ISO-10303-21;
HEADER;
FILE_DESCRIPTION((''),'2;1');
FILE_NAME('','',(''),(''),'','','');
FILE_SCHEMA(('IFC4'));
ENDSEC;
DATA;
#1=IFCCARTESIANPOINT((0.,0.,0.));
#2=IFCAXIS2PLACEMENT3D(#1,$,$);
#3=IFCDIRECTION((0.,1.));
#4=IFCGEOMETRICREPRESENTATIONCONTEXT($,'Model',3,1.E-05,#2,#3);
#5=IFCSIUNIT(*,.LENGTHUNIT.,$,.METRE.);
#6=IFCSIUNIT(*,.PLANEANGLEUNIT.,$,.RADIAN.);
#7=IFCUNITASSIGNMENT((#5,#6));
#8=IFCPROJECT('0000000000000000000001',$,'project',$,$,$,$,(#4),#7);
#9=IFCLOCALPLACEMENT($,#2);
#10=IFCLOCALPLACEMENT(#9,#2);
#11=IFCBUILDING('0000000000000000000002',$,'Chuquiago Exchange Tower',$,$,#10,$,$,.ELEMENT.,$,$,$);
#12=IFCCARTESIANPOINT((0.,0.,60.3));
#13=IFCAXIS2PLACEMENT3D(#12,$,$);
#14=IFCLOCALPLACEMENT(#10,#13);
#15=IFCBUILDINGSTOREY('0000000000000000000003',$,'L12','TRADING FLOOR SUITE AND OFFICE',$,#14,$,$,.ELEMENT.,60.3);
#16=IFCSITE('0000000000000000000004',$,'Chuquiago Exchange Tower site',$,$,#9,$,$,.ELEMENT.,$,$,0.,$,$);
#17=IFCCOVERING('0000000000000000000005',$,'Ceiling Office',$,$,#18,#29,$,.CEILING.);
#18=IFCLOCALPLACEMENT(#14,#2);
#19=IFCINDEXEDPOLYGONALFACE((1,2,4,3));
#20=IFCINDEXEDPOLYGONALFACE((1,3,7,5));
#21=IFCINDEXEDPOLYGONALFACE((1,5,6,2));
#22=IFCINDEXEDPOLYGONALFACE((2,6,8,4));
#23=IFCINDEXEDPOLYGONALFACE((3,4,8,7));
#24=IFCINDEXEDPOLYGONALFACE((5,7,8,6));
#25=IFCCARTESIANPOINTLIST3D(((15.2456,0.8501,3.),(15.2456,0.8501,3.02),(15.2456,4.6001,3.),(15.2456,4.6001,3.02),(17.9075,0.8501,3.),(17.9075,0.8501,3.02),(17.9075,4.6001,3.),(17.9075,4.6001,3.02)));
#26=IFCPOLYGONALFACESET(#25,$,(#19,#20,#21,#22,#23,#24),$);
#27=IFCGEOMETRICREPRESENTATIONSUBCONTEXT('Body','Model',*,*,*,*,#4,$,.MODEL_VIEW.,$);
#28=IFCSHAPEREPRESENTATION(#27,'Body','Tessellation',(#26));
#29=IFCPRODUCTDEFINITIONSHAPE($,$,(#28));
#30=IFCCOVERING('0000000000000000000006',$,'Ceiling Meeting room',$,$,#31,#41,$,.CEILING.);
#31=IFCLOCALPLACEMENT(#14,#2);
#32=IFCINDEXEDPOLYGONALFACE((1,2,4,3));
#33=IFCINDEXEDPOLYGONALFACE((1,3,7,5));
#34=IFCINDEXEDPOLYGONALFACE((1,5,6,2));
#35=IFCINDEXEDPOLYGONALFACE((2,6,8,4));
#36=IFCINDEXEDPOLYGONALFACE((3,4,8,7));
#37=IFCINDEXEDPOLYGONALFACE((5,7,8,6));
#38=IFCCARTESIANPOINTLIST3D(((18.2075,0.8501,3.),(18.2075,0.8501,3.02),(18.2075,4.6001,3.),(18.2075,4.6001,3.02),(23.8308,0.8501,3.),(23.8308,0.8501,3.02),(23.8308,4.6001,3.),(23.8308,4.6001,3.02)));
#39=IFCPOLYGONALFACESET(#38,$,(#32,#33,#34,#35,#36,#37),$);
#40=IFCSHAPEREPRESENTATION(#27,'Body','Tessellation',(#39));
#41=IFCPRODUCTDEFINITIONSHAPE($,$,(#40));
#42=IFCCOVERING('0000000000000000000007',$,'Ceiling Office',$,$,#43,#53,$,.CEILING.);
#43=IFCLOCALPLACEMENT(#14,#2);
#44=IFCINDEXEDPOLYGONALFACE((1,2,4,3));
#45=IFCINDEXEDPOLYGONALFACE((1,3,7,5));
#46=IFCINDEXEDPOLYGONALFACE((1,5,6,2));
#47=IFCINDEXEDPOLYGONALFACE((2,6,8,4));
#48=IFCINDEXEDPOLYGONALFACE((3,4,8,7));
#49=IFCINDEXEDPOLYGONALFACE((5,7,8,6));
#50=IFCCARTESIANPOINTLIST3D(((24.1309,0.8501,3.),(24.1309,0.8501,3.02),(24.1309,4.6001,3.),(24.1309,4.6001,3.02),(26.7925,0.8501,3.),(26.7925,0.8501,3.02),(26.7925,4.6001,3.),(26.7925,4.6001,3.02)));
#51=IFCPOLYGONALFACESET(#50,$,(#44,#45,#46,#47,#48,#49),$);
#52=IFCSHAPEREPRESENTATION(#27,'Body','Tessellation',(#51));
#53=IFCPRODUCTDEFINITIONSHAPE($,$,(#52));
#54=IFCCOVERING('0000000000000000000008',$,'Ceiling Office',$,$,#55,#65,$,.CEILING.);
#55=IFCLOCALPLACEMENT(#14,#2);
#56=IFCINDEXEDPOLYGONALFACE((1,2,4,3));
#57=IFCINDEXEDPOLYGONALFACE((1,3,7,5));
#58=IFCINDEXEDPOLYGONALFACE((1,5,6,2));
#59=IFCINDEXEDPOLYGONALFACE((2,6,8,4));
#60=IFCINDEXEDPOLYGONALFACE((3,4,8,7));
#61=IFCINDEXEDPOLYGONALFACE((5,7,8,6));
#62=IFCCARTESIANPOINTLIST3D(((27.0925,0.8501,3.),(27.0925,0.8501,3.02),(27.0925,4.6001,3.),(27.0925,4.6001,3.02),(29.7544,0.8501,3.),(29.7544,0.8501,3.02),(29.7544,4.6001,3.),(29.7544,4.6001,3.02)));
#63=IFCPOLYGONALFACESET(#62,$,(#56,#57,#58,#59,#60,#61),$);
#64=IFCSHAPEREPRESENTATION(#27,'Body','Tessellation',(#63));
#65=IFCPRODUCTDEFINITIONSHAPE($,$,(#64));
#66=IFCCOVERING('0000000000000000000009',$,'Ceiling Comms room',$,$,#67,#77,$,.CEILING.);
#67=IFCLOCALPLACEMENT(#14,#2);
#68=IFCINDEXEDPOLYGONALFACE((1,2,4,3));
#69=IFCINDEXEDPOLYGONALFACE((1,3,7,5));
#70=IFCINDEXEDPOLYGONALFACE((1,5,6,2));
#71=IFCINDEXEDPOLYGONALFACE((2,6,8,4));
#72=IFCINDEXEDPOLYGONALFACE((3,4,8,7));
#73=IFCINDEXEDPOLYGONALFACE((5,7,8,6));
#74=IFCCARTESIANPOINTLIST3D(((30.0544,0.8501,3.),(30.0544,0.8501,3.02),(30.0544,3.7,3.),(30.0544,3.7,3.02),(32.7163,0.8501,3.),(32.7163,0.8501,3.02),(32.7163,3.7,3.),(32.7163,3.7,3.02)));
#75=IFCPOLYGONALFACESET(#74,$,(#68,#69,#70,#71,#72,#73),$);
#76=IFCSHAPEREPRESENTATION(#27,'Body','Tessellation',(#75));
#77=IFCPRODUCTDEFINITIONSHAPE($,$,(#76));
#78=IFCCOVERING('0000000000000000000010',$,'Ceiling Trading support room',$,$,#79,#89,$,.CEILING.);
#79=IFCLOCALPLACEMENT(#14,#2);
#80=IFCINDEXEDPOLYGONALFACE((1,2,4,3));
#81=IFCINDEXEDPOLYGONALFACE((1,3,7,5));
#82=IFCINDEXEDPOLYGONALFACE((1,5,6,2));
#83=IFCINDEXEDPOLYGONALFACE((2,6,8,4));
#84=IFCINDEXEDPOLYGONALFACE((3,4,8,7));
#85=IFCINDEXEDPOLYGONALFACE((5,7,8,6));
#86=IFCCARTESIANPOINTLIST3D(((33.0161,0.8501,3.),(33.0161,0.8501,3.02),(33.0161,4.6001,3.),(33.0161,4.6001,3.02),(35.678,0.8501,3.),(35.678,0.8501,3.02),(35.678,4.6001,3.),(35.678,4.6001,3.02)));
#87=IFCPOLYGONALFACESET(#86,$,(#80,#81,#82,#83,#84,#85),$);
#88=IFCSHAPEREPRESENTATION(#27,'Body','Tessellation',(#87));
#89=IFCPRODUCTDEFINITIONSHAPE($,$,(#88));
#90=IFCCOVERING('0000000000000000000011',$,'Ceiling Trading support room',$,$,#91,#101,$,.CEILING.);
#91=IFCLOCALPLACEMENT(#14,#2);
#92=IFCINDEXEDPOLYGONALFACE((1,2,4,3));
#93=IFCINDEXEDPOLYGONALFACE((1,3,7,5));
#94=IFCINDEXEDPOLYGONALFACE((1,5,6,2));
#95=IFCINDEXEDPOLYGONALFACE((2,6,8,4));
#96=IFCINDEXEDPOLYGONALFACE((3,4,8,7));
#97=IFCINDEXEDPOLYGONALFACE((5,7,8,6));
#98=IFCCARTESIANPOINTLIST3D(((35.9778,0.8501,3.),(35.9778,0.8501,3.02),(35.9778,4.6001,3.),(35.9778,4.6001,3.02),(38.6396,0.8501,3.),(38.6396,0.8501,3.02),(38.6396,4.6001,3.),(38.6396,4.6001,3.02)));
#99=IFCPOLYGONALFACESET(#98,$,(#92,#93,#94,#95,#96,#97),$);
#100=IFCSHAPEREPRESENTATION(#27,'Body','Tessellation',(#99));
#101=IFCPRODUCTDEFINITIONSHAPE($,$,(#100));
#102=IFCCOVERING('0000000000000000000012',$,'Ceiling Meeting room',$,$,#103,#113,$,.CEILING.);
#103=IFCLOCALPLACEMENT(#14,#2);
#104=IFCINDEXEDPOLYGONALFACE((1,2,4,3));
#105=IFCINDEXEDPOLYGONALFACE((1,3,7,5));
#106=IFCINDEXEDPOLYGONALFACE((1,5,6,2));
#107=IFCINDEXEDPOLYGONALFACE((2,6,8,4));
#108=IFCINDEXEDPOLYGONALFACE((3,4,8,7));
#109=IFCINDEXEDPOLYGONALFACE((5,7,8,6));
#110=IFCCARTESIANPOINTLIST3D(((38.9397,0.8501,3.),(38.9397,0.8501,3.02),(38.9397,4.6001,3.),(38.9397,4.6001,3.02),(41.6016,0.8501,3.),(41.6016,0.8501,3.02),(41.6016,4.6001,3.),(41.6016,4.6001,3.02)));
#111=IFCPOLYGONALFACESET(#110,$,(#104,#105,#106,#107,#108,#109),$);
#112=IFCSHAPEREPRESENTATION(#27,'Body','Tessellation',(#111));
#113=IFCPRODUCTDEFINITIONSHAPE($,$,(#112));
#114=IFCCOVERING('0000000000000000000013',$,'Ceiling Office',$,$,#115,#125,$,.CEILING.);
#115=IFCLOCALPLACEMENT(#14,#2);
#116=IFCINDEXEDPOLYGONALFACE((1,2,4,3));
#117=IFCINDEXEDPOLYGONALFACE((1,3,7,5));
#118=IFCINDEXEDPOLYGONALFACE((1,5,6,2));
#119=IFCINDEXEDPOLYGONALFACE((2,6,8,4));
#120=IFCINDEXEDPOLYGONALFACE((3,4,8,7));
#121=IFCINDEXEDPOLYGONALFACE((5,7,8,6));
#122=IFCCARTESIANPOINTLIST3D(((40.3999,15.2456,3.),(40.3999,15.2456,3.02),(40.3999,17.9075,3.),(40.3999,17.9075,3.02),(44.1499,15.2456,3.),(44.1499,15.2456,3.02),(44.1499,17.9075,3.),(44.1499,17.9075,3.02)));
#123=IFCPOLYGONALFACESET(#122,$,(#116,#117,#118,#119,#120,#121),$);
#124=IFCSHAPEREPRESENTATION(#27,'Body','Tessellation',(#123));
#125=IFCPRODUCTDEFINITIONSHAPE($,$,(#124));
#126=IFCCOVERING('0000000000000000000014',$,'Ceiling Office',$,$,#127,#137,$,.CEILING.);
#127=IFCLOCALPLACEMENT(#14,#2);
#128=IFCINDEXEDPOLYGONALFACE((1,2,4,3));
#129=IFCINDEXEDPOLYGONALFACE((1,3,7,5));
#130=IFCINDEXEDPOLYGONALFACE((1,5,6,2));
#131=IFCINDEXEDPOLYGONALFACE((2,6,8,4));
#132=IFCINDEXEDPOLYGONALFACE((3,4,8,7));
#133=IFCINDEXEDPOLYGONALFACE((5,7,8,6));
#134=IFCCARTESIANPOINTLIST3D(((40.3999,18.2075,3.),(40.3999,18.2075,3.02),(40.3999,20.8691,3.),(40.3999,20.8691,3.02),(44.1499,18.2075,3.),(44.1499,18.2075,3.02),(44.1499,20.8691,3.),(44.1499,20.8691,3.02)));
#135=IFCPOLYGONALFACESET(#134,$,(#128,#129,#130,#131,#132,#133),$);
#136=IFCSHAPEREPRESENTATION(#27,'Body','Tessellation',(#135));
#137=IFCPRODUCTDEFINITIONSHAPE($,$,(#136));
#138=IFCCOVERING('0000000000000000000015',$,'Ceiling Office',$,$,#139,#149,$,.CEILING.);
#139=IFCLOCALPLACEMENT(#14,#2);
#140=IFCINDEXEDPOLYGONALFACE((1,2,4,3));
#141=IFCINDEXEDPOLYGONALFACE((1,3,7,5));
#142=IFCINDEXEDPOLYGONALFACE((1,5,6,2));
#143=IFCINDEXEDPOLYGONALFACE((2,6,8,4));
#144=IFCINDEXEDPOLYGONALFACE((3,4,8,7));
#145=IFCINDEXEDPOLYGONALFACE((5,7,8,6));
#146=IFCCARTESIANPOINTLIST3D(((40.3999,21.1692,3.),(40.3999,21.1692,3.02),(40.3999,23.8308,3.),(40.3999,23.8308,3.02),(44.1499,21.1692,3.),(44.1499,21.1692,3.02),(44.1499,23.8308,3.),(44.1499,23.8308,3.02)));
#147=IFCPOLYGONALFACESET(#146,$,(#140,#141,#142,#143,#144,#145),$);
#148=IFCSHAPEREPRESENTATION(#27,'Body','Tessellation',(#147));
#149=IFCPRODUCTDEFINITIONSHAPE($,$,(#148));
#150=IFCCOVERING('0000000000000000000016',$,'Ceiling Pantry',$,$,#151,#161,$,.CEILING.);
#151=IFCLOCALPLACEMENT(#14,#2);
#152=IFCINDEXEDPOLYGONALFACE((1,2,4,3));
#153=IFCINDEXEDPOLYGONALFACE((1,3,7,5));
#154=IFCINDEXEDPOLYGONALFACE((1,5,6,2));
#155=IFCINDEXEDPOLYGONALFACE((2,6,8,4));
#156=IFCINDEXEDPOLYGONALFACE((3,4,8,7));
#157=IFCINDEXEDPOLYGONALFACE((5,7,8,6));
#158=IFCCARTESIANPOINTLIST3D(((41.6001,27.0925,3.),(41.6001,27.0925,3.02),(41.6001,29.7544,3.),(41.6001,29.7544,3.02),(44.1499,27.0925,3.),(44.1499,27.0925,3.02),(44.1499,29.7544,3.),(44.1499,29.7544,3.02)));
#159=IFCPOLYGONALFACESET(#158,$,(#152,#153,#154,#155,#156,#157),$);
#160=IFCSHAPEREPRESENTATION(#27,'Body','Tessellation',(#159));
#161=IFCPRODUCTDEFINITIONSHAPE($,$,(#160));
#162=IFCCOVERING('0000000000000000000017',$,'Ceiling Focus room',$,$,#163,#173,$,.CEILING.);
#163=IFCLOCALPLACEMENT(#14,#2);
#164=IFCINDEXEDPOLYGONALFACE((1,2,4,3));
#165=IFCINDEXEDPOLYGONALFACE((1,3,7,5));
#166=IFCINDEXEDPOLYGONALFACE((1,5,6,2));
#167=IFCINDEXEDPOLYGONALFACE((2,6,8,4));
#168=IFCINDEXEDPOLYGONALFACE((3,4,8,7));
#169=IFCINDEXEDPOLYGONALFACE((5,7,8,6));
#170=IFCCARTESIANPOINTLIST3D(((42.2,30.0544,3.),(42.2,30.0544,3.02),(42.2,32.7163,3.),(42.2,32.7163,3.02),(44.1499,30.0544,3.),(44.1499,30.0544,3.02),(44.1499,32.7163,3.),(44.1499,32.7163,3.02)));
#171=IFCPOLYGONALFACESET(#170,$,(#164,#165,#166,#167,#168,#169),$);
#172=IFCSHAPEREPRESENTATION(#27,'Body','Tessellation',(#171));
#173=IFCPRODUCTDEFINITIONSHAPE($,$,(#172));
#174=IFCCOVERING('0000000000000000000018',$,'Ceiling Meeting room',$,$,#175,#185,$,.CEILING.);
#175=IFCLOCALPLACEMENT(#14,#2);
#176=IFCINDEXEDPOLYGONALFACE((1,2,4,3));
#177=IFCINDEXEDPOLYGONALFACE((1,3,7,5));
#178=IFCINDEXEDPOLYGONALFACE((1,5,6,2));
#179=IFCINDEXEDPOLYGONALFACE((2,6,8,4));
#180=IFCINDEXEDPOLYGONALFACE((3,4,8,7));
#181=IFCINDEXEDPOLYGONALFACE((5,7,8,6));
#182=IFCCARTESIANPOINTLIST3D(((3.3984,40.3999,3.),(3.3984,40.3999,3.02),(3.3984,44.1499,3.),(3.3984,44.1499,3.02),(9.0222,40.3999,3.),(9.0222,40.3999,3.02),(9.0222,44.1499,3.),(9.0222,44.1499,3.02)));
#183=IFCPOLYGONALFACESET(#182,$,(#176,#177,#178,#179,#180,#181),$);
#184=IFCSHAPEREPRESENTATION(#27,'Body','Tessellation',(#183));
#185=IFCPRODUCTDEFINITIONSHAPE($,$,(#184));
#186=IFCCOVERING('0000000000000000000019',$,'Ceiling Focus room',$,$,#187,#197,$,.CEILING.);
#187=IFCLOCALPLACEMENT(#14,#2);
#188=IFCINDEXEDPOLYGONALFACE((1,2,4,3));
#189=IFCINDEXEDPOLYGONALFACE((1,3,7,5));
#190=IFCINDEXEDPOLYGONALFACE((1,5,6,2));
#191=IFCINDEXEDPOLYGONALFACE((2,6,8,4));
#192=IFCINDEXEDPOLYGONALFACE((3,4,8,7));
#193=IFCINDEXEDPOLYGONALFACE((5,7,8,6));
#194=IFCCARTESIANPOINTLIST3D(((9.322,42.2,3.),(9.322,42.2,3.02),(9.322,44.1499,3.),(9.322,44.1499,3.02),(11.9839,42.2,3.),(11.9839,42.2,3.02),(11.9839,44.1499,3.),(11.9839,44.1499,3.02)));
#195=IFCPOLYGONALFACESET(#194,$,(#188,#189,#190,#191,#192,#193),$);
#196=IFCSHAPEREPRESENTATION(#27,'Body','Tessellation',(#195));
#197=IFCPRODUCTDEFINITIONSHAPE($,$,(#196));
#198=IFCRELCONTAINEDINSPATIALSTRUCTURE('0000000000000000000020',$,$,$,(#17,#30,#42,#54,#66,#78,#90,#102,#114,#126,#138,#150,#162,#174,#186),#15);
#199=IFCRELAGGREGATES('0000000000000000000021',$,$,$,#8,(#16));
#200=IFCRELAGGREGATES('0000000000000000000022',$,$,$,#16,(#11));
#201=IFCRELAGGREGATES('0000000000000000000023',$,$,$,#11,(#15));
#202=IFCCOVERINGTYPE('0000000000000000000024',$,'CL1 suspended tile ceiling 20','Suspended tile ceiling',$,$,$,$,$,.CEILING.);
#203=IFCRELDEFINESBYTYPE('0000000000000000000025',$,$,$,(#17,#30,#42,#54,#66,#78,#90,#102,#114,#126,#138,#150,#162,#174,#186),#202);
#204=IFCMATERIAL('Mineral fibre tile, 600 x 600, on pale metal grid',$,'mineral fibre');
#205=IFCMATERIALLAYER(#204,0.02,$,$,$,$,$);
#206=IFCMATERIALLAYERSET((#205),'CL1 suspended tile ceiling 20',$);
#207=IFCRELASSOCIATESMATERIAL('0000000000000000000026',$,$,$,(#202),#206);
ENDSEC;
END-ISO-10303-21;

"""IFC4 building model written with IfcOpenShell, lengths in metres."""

from ifc_helpers import new_model, si_unit, direction, frame, origin, place, context, subcontext, project, spatial, polyline, outline, extrude, material, layer, layer_set, type_object, element, save


model = new_model("IFC4")

# Units and contexts
model_context = context("Model", 3, precision=1e-05, world=origin(), true_north=direction((0.0, 1.0)))
body_context = subcontext(model_context, "Body", "Model", "MODEL_VIEW")
ifc_project = project(units=[si_unit("LENGTHUNIT", "METRE"), si_unit("PLANEANGLEUNIT", "RADIAN")], contexts=[model_context])

# Site, building, storey
site_placement = place(None, origin())
site = spatial("IfcSite", under=ifc_project, at=site_placement, Name="Chuquiago Exchange Tower site", CompositionType="ELEMENT", RefElevation=0.0)
building_placement = place(site_placement, origin())
building = spatial("IfcBuilding", under=site, at=building_placement, Name="Chuquiago Exchange Tower", CompositionType="ELEMENT")
storey_placement = place(building_placement, frame((0.0, 0.0, 60.3)))
storey = spatial("IfcBuildingStorey", under=building, at=storey_placement, Name="L12", Description="TRADING FLOOR SUITE AND OFFICE", CompositionType="ELEMENT", Elevation=60.3)

# Coverings
ifc_material_1 = material(Name="Mineral fibre tile, 600 x 600, on pale metal grid", Category="mineral fibre")
ifc_layer_1 = layer(ifc_material_1, 0.02)
ifc_layer_set_1 = layer_set([ifc_layer_1], Name="CL1 suspended tile ceiling 20")
covering_type_1 = type_object("IfcCoveringType", Name="CL1 suspended tile ceiling 20", Description="Suspended tile ceiling", PredefinedType="CEILING", material=ifc_layer_set_1)
covering_1_placement = place(storey_placement, frame((0.0, 0.0, 3.0)))
element("IfcCovering", 1, at=covering_1_placement, inside=storey, type_object=covering_type_1, Name="Ceiling Office", PredefinedType="CEILING", context=body_context, shape_type="SweptSolid", body=[
    extrude(outline(polyline([(15.2456, 4.6001), (17.9075, 4.6001), (17.9075, 0.8501), (15.2456, 0.8501), (15.2456, 4.6001)])), origin(), (0.0, 0.0, 1.0), 0.02),
])
covering_2_placement = place(storey_placement, frame((0.0, 0.0, 3.0)))
element("IfcCovering", 2, at=covering_2_placement, inside=storey, type_object=covering_type_1, Name="Ceiling Meeting room", PredefinedType="CEILING", context=body_context, shape_type="SweptSolid", body=[
    extrude(outline(polyline([(18.2075, 4.6001), (23.8308, 4.6001), (23.8308, 0.8501), (18.2075, 0.8501), (18.2075, 4.6001)])), origin(), (0.0, 0.0, 1.0), 0.02),
])
covering_3_placement = place(storey_placement, frame((0.0, 0.0, 3.0)))
element("IfcCovering", 3, at=covering_3_placement, inside=storey, type_object=covering_type_1, Name="Ceiling Office", PredefinedType="CEILING", context=body_context, shape_type="SweptSolid", body=[
    extrude(outline(polyline([(24.1309, 4.6001), (26.7925, 4.6001), (26.7925, 0.8501), (24.1309, 0.8501), (24.1309, 4.6001)])), origin(), (0.0, 0.0, 1.0), 0.02),
])
covering_4_placement = place(storey_placement, frame((0.0, 0.0, 3.0)))
element("IfcCovering", 4, at=covering_4_placement, inside=storey, type_object=covering_type_1, Name="Ceiling Office", PredefinedType="CEILING", context=body_context, shape_type="SweptSolid", body=[
    extrude(outline(polyline([(27.0925, 4.6001), (29.7544, 4.6001), (29.7544, 0.8501), (27.0925, 0.8501), (27.0925, 4.6001)])), origin(), (0.0, 0.0, 1.0), 0.02),
])
covering_5_placement = place(storey_placement, frame((0.0, 0.0, 3.0)))
element("IfcCovering", 5, at=covering_5_placement, inside=storey, type_object=covering_type_1, Name="Ceiling Comms room", PredefinedType="CEILING", context=body_context, shape_type="SweptSolid", body=[
    extrude(outline(polyline([(30.0544, 3.7), (32.7163, 3.7), (32.7163, 0.8501), (30.0544, 0.8501), (30.0544, 3.7)])), origin(), (0.0, 0.0, 1.0), 0.02),
])
covering_6_placement = place(storey_placement, frame((0.0, 0.0, 3.0)))
element("IfcCovering", 6, at=covering_6_placement, inside=storey, type_object=covering_type_1, Name="Ceiling Trading support room", PredefinedType="CEILING", context=body_context, shape_type="SweptSolid", body=[
    extrude(outline(polyline([(33.0161, 4.6001), (35.678, 4.6001), (35.678, 0.8501), (33.0161, 0.8501), (33.0161, 4.6001)])), origin(), (0.0, 0.0, 1.0), 0.02),
])
covering_7_placement = place(storey_placement, frame((0.0, 0.0, 3.0)))
element("IfcCovering", 7, at=covering_7_placement, inside=storey, type_object=covering_type_1, Name="Ceiling Trading support room", PredefinedType="CEILING", context=body_context, shape_type="SweptSolid", body=[
    extrude(outline(polyline([(35.9778, 4.6001), (38.6396, 4.6001), (38.6396, 0.8501), (35.9778, 0.8501), (35.9778, 4.6001)])), origin(), (0.0, 0.0, 1.0), 0.02),
])
covering_8_placement = place(storey_placement, frame((0.0, 0.0, 3.0)))
element("IfcCovering", 8, at=covering_8_placement, inside=storey, type_object=covering_type_1, Name="Ceiling Meeting room", PredefinedType="CEILING", context=body_context, shape_type="SweptSolid", body=[
    extrude(outline(polyline([(38.9397, 0.8501), (38.9397, 4.6001), (41.6016, 4.6001), (41.6016, 0.8501), (38.9397, 0.8501)])), origin(), (0.0, 0.0, 1.0), 0.02),
])
covering_9_placement = place(storey_placement, frame((0.0, 0.0, 3.0)))
element("IfcCovering", 9, at=covering_9_placement, inside=storey, type_object=covering_type_1, Name="Ceiling Office", PredefinedType="CEILING", context=body_context, shape_type="SweptSolid", body=[
    extrude(outline(polyline([(40.3999, 15.2456), (40.3999, 17.9075), (44.1499, 17.9075), (44.1499, 15.2456), (40.3999, 15.2456)])), origin(), (0.0, 0.0, 1.0), 0.02),
])
covering_10_placement = place(storey_placement, frame((0.0, 0.0, 3.0)))
element("IfcCovering", 10, at=covering_10_placement, inside=storey, type_object=covering_type_1, Name="Ceiling Office", PredefinedType="CEILING", context=body_context, shape_type="SweptSolid", body=[
    extrude(outline(polyline([(40.3999, 18.2075), (40.3999, 20.8691), (44.1499, 20.8691), (44.1499, 18.2075), (40.3999, 18.2075)])), origin(), (0.0, 0.0, 1.0), 0.02),
])
covering_11_placement = place(storey_placement, frame((0.0, 0.0, 3.0)))
element("IfcCovering", 11, at=covering_11_placement, inside=storey, type_object=covering_type_1, Name="Ceiling Office", PredefinedType="CEILING", context=body_context, shape_type="SweptSolid", body=[
    extrude(outline(polyline([(40.3999, 21.1692), (40.3999, 23.8308), (44.1499, 23.8308), (44.1499, 21.1692), (40.3999, 21.1692)])), origin(), (0.0, 0.0, 1.0), 0.02),
])
covering_12_placement = place(storey_placement, frame((0.0, 0.0, 3.0)))
element("IfcCovering", 12, at=covering_12_placement, inside=storey, type_object=covering_type_1, Name="Ceiling Pantry", PredefinedType="CEILING", context=body_context, shape_type="SweptSolid", body=[
    extrude(outline(polyline([(41.6001, 27.0925), (41.6001, 29.7544), (44.1499, 29.7544), (44.1499, 27.0925), (41.6001, 27.0925)])), origin(), (0.0, 0.0, 1.0), 0.02),
])
covering_13_placement = place(storey_placement, frame((0.0, 0.0, 3.0)))
element("IfcCovering", 13, at=covering_13_placement, inside=storey, type_object=covering_type_1, Name="Ceiling Focus room", PredefinedType="CEILING", context=body_context, shape_type="SweptSolid", body=[
    extrude(outline(polyline([(42.2, 30.0544), (42.2, 32.7163), (44.1499, 32.7163), (44.1499, 30.0544), (42.2, 30.0544)])), origin(), (0.0, 0.0, 1.0), 0.02),
])
covering_14_placement = place(storey_placement, frame((0.0, 0.0, 3.0)))
element("IfcCovering", 14, at=covering_14_placement, inside=storey, type_object=covering_type_1, Name="Ceiling Meeting room", PredefinedType="CEILING", context=body_context, shape_type="SweptSolid", body=[
    extrude(outline(polyline([(9.0222, 44.1499), (9.0222, 40.3999), (3.3984, 40.3999), (3.3984, 44.1499), (9.0222, 44.1499)])), origin(), (0.0, 0.0, 1.0), 0.02),
])
covering_15_placement = place(storey_placement, frame((0.0, 0.0, 3.0)))
element("IfcCovering", 15, at=covering_15_placement, inside=storey, type_object=covering_type_1, Name="Ceiling Focus room", PredefinedType="CEILING", context=body_context, shape_type="SweptSolid", body=[
    extrude(outline(polyline([(11.9839, 42.2), (9.322, 42.2), (9.322, 44.1499), (11.9839, 44.1499), (11.9839, 42.2)])), origin(), (0.0, 0.0, 1.0), 0.02),
])

save(model, "model.ifc")
